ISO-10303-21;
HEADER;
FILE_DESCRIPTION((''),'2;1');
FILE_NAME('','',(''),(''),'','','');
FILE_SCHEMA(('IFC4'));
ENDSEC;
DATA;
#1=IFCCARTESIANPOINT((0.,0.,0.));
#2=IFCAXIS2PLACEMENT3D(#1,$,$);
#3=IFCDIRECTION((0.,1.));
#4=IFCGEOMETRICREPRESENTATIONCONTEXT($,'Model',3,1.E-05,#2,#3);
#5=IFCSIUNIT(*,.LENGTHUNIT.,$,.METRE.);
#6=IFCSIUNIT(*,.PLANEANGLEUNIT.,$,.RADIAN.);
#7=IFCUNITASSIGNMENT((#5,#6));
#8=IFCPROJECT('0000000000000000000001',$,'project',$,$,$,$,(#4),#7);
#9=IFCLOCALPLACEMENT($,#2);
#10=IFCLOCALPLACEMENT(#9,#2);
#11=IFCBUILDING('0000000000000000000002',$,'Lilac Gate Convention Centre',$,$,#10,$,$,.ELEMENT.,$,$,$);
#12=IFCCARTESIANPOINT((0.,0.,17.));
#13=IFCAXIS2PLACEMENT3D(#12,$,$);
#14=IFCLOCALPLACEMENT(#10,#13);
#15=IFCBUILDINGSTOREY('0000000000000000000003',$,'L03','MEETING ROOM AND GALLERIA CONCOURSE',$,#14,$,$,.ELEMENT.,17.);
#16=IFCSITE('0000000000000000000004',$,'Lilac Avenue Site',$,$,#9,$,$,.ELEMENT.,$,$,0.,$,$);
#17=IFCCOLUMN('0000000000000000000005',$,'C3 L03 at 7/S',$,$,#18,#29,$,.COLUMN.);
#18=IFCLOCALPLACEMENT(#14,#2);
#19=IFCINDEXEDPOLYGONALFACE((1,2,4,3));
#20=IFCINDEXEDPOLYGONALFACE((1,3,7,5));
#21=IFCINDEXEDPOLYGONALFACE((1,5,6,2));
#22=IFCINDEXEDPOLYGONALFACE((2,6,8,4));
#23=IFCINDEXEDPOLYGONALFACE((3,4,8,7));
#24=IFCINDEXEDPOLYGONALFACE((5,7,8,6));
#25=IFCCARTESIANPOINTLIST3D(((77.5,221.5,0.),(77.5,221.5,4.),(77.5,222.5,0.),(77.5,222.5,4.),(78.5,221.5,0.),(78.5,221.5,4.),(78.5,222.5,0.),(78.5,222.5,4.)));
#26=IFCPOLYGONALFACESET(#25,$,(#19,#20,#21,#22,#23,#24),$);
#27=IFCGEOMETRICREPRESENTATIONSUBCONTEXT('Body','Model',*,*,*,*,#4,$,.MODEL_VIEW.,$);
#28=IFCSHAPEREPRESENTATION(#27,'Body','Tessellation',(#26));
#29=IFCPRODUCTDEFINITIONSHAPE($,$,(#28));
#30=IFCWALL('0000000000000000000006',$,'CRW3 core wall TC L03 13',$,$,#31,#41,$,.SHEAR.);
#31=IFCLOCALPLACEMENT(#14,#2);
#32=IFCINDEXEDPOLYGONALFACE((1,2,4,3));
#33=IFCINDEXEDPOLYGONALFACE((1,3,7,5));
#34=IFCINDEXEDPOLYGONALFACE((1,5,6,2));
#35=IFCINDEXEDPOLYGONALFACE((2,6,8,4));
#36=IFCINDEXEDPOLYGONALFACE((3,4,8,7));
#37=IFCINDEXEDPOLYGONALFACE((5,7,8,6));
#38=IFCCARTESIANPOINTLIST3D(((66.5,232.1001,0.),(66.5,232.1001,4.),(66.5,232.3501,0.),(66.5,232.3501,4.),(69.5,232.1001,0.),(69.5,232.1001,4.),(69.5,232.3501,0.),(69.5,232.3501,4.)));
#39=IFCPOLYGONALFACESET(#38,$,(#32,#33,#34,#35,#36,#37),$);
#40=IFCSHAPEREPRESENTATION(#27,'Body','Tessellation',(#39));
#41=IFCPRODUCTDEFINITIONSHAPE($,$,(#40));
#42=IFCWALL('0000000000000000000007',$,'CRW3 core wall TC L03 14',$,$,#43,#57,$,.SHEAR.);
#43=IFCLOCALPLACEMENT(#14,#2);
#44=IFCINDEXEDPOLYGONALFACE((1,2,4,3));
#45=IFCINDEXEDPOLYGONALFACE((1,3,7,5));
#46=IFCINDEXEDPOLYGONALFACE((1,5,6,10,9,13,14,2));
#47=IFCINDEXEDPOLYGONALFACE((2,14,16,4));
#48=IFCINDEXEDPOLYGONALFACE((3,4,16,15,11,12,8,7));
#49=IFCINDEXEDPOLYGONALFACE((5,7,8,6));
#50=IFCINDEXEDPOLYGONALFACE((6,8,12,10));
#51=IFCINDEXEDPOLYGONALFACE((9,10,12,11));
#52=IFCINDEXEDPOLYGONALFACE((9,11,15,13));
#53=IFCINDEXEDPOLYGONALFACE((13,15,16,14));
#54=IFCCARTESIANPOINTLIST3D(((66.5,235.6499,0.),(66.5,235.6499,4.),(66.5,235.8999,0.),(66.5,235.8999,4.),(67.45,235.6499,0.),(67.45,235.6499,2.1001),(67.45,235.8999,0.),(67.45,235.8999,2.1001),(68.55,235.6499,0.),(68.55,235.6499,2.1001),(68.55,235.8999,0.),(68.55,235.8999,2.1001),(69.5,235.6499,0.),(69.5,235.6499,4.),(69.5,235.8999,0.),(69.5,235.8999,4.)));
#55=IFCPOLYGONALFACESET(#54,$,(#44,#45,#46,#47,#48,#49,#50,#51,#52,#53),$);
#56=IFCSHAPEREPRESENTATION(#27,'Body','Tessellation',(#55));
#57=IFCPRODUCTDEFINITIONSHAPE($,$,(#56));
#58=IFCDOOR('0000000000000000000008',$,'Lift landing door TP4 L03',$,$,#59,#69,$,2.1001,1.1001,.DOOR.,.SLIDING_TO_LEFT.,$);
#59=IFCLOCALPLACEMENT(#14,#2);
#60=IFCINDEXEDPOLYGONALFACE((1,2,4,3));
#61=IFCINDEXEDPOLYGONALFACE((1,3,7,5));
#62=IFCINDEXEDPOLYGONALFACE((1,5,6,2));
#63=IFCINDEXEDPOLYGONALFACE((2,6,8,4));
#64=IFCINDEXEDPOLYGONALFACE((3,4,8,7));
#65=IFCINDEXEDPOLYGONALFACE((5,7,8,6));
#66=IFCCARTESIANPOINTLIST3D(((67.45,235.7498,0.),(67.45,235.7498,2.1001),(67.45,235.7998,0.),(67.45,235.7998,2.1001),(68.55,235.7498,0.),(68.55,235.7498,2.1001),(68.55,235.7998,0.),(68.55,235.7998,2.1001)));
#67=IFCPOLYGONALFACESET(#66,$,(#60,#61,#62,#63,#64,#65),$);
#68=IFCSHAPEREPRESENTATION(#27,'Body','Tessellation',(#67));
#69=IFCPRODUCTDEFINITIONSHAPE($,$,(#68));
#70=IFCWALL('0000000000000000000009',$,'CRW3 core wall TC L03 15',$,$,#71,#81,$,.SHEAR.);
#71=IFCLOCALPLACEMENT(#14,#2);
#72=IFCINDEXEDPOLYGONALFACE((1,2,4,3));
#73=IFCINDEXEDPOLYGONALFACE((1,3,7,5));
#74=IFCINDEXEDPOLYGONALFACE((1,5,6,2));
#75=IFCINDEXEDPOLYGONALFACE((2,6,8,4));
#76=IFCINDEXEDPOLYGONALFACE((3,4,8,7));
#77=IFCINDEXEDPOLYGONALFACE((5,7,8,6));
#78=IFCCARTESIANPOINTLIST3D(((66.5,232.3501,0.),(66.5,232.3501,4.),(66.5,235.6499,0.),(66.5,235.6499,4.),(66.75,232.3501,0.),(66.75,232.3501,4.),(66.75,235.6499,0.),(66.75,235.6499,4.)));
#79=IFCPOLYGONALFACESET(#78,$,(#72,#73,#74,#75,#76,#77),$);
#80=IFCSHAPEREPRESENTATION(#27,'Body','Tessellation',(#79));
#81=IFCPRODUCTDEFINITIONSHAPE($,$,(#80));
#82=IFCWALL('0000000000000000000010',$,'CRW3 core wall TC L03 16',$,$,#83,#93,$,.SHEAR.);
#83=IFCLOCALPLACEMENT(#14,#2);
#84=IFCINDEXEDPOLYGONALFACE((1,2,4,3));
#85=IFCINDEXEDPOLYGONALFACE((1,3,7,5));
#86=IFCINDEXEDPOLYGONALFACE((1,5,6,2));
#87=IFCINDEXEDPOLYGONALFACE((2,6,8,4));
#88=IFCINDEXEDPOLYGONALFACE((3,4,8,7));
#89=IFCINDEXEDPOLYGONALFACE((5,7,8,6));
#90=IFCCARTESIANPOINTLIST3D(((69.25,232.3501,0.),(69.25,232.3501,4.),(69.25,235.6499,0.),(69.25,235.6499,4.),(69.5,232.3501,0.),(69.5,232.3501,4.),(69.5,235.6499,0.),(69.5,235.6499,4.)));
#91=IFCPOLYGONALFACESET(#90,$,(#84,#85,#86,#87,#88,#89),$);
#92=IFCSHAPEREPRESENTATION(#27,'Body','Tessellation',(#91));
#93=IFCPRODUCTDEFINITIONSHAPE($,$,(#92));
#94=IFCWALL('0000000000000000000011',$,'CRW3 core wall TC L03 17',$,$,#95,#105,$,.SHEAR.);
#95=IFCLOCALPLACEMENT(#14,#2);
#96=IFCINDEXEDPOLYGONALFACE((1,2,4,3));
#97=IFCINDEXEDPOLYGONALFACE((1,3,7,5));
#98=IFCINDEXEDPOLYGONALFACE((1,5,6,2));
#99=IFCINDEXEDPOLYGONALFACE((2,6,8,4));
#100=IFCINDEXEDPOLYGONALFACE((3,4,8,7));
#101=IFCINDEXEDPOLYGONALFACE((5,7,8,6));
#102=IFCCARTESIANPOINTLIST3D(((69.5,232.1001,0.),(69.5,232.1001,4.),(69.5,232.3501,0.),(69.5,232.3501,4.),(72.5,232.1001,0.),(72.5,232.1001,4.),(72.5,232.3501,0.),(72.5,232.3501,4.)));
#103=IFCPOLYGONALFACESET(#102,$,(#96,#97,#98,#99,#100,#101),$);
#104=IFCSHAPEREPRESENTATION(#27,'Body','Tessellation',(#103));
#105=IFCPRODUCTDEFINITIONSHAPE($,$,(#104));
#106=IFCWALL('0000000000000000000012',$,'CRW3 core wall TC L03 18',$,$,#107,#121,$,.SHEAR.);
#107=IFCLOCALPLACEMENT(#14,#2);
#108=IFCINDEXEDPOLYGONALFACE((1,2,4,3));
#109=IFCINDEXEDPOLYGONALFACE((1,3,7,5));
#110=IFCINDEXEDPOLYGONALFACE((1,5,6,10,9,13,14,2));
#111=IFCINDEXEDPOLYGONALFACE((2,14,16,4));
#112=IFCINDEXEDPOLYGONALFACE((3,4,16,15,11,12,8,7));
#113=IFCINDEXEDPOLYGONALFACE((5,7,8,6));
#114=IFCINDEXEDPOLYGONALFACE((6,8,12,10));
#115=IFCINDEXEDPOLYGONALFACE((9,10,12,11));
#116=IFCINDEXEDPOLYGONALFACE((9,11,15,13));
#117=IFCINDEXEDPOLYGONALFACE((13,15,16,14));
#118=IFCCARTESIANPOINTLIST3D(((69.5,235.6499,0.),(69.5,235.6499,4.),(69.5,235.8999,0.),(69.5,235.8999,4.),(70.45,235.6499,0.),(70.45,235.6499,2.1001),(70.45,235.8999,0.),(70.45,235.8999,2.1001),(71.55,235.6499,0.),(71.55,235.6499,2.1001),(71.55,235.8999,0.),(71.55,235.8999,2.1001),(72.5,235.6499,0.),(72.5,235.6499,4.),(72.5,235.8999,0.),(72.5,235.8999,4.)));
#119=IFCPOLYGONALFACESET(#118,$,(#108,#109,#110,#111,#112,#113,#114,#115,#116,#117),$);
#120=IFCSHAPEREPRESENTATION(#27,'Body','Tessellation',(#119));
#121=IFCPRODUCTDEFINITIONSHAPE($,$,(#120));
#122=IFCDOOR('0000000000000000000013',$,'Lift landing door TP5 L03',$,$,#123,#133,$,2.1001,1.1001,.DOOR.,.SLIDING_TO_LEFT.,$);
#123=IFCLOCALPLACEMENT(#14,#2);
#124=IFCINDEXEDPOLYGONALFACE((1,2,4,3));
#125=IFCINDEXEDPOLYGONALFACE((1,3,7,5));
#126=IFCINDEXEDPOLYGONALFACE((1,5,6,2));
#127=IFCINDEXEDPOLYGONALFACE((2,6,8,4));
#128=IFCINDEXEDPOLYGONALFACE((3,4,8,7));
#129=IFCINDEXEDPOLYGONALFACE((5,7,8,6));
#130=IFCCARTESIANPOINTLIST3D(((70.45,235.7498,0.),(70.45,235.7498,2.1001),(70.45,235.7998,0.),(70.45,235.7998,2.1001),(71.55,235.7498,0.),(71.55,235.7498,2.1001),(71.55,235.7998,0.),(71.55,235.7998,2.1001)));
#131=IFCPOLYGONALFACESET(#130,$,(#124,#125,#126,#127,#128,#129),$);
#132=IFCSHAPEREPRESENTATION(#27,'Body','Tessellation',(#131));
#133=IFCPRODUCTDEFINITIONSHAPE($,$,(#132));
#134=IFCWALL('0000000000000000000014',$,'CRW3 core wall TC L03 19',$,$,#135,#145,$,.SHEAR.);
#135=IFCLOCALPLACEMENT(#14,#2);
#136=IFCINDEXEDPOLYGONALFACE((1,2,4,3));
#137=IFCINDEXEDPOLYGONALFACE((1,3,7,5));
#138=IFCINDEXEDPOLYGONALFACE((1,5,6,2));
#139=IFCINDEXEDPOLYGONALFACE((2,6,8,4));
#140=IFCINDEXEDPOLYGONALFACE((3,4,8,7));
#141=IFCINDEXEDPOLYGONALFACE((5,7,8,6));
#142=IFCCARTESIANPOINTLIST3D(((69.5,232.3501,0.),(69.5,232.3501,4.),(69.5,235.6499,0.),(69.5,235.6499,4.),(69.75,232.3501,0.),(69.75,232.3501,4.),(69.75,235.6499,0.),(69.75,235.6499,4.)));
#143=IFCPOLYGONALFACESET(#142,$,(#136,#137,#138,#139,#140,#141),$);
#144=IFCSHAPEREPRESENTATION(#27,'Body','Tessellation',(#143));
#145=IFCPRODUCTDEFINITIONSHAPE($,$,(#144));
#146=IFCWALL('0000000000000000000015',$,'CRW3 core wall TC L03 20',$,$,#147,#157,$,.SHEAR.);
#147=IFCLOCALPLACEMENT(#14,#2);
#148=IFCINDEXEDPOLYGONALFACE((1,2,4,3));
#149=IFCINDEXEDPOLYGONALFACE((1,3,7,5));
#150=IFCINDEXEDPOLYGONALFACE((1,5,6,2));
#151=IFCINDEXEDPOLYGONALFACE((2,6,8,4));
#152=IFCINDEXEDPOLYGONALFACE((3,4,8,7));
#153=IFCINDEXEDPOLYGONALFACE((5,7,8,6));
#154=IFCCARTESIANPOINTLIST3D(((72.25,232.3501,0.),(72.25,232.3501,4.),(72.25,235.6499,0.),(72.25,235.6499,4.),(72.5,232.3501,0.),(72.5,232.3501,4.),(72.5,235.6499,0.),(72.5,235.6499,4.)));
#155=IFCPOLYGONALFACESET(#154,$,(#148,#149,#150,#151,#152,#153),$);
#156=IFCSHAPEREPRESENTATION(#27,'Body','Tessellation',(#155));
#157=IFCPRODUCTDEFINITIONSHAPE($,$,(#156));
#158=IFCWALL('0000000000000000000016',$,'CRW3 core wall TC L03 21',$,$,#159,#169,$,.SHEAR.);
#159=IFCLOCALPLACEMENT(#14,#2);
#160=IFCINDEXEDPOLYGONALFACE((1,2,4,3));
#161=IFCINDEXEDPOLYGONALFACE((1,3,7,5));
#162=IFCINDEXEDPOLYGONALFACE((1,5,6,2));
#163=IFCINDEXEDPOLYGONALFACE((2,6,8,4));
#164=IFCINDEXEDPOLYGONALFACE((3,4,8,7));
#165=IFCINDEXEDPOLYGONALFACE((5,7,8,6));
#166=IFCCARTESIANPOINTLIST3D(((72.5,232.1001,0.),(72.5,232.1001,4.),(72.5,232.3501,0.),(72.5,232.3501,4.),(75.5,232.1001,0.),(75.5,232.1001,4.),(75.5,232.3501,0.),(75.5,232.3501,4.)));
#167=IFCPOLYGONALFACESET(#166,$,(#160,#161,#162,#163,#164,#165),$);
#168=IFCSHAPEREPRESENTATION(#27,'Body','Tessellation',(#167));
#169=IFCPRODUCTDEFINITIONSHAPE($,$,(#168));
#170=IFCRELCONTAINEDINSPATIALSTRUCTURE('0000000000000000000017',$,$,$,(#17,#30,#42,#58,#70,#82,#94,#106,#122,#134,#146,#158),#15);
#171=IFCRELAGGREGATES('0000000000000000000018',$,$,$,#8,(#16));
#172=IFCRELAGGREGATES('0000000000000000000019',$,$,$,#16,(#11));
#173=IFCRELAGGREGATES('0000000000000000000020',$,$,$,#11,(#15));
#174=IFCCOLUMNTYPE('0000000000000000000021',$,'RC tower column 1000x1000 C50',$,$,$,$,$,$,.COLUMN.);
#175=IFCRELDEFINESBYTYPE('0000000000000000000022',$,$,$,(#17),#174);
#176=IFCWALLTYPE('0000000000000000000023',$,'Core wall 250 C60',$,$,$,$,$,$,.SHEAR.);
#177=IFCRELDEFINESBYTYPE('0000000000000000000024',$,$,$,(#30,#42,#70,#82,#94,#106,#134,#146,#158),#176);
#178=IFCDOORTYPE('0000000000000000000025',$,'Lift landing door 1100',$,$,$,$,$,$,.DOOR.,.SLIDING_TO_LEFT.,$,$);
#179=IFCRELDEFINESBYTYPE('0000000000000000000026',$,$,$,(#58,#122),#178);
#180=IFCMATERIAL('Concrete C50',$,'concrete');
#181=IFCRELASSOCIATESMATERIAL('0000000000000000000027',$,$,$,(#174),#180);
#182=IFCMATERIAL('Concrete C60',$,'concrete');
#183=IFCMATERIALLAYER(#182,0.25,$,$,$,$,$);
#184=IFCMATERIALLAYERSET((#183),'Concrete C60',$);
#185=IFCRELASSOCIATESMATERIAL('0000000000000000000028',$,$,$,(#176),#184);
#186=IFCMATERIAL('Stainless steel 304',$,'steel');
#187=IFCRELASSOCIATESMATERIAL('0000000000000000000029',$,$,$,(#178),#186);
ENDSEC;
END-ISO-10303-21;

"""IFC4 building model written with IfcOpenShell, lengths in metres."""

from ifc_helpers import new_model, si_unit, direction, frame, frame_2d, origin, origin_2d, place, context, subcontext, project, spatial, rectangle, extrude, material, layer, layer_set, material_profile, profile_set, type_object, element, fill, save


model = new_model("IFC4")

# Units and contexts
model_context = context("Model", 3, precision=1e-05, world=origin(), true_north=direction((0.0, 1.0)))
body_context = subcontext(model_context, "Body", "Model", "MODEL_VIEW")
ifc_project = project(units=[si_unit("LENGTHUNIT", "METRE"), si_unit("PLANEANGLEUNIT", "RADIAN")], contexts=[model_context])

# Site, building, storey
site_placement = place(None, origin())
site = spatial("IfcSite", under=ifc_project, at=site_placement, Name="Lilac Avenue Site", CompositionType="ELEMENT", RefElevation=0.0)
building_placement = place(site_placement, origin())
building = spatial("IfcBuilding", under=site, at=building_placement, Name="Lilac Gate Convention Centre", CompositionType="ELEMENT")
storey_placement = place(building_placement, frame((0.0, 0.0, 17.0)))
storey = spatial("IfcBuildingStorey", under=building, at=storey_placement, Name="L03", Description="MEETING ROOM AND GALLERIA CONCOURSE", CompositionType="ELEMENT", Elevation=17.0)

# Column
ifc_material_1 = material(Name="Concrete C50", Category="concrete")
ifc_material_profile = material_profile(ifc_material_1, rectangle(XDim=1.0, YDim=1.0, at=origin_2d()), Name="RC 1000x1000")
ifc_profile_set = profile_set([ifc_material_profile], Name="Concrete C50")
column_type = type_object("IfcColumnType", Name="RC tower column 1000x1000 C50", PredefinedType="COLUMN", material=ifc_profile_set)
column_placement = place(storey_placement, frame((78.0, 222.0, 0.0), z_axis=(0.0, 0.0, 1.0), x_axis=(1.0, 0.0, 0.0)))
element("IfcColumn", 1, at=column_placement, inside=storey, type_object=column_type, Name="C3 L03 at 7/S", PredefinedType="COLUMN", context=body_context, shape_type="SweptSolid", body=[
    extrude(rectangle(XDim=1.0, YDim=1.0, at=origin_2d()), origin(), (0.0, 0.0, 1.0), 4.0),
])

# Wall
ifc_material_2 = material(Name="Concrete C60", Category="concrete")
ifc_layer_1 = layer(ifc_material_2, 0.25)
ifc_layer_set_1 = layer_set([ifc_layer_1], Name="Concrete C60")
wall_type_1 = type_object("IfcWallType", Name="Core wall 250 C60", PredefinedType="SHEAR", material=ifc_layer_set_1)
wall_1_placement = place(storey_placement, frame((66.5, 232.2251, 0.0), z_axis=(0.0, 0.0, 1.0), x_axis=(1.0, 0.0, 0.0)))
element("IfcWall", 2, at=wall_1_placement, inside=storey, type_object=wall_type_1, Name="CRW3 core wall TC L03 13", PredefinedType="SHEAR", context=body_context, shape_type="SweptSolid", body=[
    extrude(rectangle(XDim=3.0, YDim=0.25, at=frame_2d((1.5, 0.0))), origin(), (0.0, 0.0, 1.0), 4.0),
])

# Wall, opening, door
wall_2_placement = place(storey_placement, frame((66.5, 235.7749, 0.0), z_axis=(0.0, 0.0, 1.0), x_axis=(1.0, 0.0, 0.0)))
wall_2 = element("IfcWall", 3, at=wall_2_placement, inside=storey, type_object=wall_type_1, Name="CRW3 core wall TC L03 14", PredefinedType="SHEAR", context=body_context, shape_type="SweptSolid", body=[
    extrude(rectangle(XDim=3.0, YDim=0.25, at=frame_2d((1.5, 0.0))), origin(), (0.0, 0.0, 1.0), 4.0),
])
opening_1_placement = place(wall_2_placement, frame((0.95, 0.0, 0.0)))
opening_1 = element("IfcOpeningElement", 4, at=opening_1_placement, cuts=wall_2, PredefinedType="OPENING", context=body_context, shape_type="SweptSolid", body=[
    extrude(rectangle(XDim=1.1001, YDim=2.1001, at=frame_2d((0.55, 1.05))), frame((0.0, 0.135, 0.0), z_axis=(0.0, -1.0, 0.0), x_axis=(1.0, 0.0, 0.0)), (0.0, 0.0, 1.0), 0.27),
])
ifc_material_3 = material(Name="Stainless steel 304", Category="steel")
door_type_1 = type_object("IfcDoorType", Name="Lift landing door 1100", OperationType="SLIDING_TO_LEFT", PredefinedType="DOOR", material=ifc_material_3)
door_1_placement = place(opening_1_placement, origin())
door_1 = element("IfcDoor", 5, at=door_1_placement, inside=storey, type_object=door_type_1, Name="Lift landing door TP4 L03", OperationType="SLIDING_TO_LEFT", OverallHeight=2.1001, OverallWidth=1.1001, PredefinedType="DOOR", context=body_context, shape_type="SweptSolid", body=[
    extrude(rectangle(XDim=1.1001, YDim=2.1001, at=frame_2d((0.55, 1.05))), frame((0.0, 0.0249, 0.0), z_axis=(0.0, -1.0, 0.0), x_axis=(1.0, 0.0, 0.0)), (0.0, 0.0, 1.0), 0.05),
])
fill(opening_1, door_1)

# Walls
for number, where, z_axis, x_axis, name in (
    (6, (66.625, 232.3501, 0.0), (0.0, 0.0, 1.0), (0.0, 1.0, 0.0), "CRW3 core wall TC L03 15"),
    (7, (69.375, 232.3501, 0.0), (0.0, 0.0, 1.0), (0.0, 1.0, 0.0), "CRW3 core wall TC L03 16"),
):
    element("IfcWall", number, at=place(storey_placement, frame(where, z_axis=z_axis, x_axis=x_axis)), inside=storey, type_object=wall_type_1, Name=name, PredefinedType="SHEAR", context=body_context, shape_type="SweptSolid", body=[
        extrude(rectangle(XDim=3.2998, YDim=0.25, at=frame_2d((1.6499, 0.0))), origin(), (0.0, 0.0, 1.0), 4.0),
    ])
wall_3_placement = place(storey_placement, frame((69.5, 232.2251, 0.0), z_axis=(0.0, 0.0, 1.0), x_axis=(1.0, 0.0, 0.0)))
element("IfcWall", 8, at=wall_3_placement, inside=storey, type_object=wall_type_1, Name="CRW3 core wall TC L03 17", PredefinedType="SHEAR", context=body_context, shape_type="SweptSolid", body=[
    extrude(rectangle(XDim=3.0, YDim=0.25, at=frame_2d((1.5, 0.0))), origin(), (0.0, 0.0, 1.0), 4.0),
])

# Wall, opening, door
wall_4_placement = place(storey_placement, frame((69.5, 235.7749, 0.0), z_axis=(0.0, 0.0, 1.0), x_axis=(1.0, 0.0, 0.0)))
wall_4 = element("IfcWall", 9, at=wall_4_placement, inside=storey, type_object=wall_type_1, Name="CRW3 core wall TC L03 18", PredefinedType="SHEAR", context=body_context, shape_type="SweptSolid", body=[
    extrude(rectangle(XDim=3.0, YDim=0.25, at=frame_2d((1.5, 0.0))), origin(), (0.0, 0.0, 1.0), 4.0),
])
opening_2_placement = place(wall_4_placement, frame((0.95, 0.0, 0.0)))
opening_2 = element("IfcOpeningElement", 10, at=opening_2_placement, cuts=wall_4, PredefinedType="OPENING", context=body_context, shape_type="SweptSolid", body=[
    extrude(rectangle(XDim=1.1001, YDim=2.1001, at=frame_2d((0.55, 1.05))), frame((0.0, 0.135, 0.0), z_axis=(0.0, -1.0, 0.0), x_axis=(1.0, 0.0, 0.0)), (0.0, 0.0, 1.0), 0.27),
])
door_2_placement = place(opening_2_placement, origin())
door_2 = element("IfcDoor", 11, at=door_2_placement, inside=storey, type_object=door_type_1, Name="Lift landing door TP5 L03", OperationType="SLIDING_TO_LEFT", OverallHeight=2.1001, OverallWidth=1.1001, PredefinedType="DOOR", context=body_context, shape_type="SweptSolid", body=[
    extrude(rectangle(XDim=1.1001, YDim=2.1001, at=frame_2d((0.55, 1.05))), frame((0.0, 0.0249, 0.0), z_axis=(0.0, -1.0, 0.0), x_axis=(1.0, 0.0, 0.0)), (0.0, 0.0, 1.0), 0.05),
])
fill(opening_2, door_2)

# Walls
for number, where, z_axis, x_axis, name in (
    (12, (69.625, 232.3501, 0.0), (0.0, 0.0, 1.0), (0.0, 1.0, 0.0), "CRW3 core wall TC L03 19"),
    (13, (72.375, 232.3501, 0.0), (0.0, 0.0, 1.0), (0.0, 1.0, 0.0), "CRW3 core wall TC L03 20"),
):
    element("IfcWall", number, at=place(storey_placement, frame(where, z_axis=z_axis, x_axis=x_axis)), inside=storey, type_object=wall_type_1, Name=name, PredefinedType="SHEAR", context=body_context, shape_type="SweptSolid", body=[
        extrude(rectangle(XDim=3.2998, YDim=0.25, at=frame_2d((1.6499, 0.0))), origin(), (0.0, 0.0, 1.0), 4.0),
    ])
wall_5_placement = place(storey_placement, frame((72.5, 232.2251, 0.0), z_axis=(0.0, 0.0, 1.0), x_axis=(1.0, 0.0, 0.0)))
element("IfcWall", 14, at=wall_5_placement, inside=storey, type_object=wall_type_1, Name="CRW3 core wall TC L03 21", PredefinedType="SHEAR", context=body_context, shape_type="SweptSolid", body=[
    extrude(rectangle(XDim=3.0, YDim=0.25, at=frame_2d((1.5, 0.0))), origin(), (0.0, 0.0, 1.0), 4.0),
])

save(model, "model.ifc")
